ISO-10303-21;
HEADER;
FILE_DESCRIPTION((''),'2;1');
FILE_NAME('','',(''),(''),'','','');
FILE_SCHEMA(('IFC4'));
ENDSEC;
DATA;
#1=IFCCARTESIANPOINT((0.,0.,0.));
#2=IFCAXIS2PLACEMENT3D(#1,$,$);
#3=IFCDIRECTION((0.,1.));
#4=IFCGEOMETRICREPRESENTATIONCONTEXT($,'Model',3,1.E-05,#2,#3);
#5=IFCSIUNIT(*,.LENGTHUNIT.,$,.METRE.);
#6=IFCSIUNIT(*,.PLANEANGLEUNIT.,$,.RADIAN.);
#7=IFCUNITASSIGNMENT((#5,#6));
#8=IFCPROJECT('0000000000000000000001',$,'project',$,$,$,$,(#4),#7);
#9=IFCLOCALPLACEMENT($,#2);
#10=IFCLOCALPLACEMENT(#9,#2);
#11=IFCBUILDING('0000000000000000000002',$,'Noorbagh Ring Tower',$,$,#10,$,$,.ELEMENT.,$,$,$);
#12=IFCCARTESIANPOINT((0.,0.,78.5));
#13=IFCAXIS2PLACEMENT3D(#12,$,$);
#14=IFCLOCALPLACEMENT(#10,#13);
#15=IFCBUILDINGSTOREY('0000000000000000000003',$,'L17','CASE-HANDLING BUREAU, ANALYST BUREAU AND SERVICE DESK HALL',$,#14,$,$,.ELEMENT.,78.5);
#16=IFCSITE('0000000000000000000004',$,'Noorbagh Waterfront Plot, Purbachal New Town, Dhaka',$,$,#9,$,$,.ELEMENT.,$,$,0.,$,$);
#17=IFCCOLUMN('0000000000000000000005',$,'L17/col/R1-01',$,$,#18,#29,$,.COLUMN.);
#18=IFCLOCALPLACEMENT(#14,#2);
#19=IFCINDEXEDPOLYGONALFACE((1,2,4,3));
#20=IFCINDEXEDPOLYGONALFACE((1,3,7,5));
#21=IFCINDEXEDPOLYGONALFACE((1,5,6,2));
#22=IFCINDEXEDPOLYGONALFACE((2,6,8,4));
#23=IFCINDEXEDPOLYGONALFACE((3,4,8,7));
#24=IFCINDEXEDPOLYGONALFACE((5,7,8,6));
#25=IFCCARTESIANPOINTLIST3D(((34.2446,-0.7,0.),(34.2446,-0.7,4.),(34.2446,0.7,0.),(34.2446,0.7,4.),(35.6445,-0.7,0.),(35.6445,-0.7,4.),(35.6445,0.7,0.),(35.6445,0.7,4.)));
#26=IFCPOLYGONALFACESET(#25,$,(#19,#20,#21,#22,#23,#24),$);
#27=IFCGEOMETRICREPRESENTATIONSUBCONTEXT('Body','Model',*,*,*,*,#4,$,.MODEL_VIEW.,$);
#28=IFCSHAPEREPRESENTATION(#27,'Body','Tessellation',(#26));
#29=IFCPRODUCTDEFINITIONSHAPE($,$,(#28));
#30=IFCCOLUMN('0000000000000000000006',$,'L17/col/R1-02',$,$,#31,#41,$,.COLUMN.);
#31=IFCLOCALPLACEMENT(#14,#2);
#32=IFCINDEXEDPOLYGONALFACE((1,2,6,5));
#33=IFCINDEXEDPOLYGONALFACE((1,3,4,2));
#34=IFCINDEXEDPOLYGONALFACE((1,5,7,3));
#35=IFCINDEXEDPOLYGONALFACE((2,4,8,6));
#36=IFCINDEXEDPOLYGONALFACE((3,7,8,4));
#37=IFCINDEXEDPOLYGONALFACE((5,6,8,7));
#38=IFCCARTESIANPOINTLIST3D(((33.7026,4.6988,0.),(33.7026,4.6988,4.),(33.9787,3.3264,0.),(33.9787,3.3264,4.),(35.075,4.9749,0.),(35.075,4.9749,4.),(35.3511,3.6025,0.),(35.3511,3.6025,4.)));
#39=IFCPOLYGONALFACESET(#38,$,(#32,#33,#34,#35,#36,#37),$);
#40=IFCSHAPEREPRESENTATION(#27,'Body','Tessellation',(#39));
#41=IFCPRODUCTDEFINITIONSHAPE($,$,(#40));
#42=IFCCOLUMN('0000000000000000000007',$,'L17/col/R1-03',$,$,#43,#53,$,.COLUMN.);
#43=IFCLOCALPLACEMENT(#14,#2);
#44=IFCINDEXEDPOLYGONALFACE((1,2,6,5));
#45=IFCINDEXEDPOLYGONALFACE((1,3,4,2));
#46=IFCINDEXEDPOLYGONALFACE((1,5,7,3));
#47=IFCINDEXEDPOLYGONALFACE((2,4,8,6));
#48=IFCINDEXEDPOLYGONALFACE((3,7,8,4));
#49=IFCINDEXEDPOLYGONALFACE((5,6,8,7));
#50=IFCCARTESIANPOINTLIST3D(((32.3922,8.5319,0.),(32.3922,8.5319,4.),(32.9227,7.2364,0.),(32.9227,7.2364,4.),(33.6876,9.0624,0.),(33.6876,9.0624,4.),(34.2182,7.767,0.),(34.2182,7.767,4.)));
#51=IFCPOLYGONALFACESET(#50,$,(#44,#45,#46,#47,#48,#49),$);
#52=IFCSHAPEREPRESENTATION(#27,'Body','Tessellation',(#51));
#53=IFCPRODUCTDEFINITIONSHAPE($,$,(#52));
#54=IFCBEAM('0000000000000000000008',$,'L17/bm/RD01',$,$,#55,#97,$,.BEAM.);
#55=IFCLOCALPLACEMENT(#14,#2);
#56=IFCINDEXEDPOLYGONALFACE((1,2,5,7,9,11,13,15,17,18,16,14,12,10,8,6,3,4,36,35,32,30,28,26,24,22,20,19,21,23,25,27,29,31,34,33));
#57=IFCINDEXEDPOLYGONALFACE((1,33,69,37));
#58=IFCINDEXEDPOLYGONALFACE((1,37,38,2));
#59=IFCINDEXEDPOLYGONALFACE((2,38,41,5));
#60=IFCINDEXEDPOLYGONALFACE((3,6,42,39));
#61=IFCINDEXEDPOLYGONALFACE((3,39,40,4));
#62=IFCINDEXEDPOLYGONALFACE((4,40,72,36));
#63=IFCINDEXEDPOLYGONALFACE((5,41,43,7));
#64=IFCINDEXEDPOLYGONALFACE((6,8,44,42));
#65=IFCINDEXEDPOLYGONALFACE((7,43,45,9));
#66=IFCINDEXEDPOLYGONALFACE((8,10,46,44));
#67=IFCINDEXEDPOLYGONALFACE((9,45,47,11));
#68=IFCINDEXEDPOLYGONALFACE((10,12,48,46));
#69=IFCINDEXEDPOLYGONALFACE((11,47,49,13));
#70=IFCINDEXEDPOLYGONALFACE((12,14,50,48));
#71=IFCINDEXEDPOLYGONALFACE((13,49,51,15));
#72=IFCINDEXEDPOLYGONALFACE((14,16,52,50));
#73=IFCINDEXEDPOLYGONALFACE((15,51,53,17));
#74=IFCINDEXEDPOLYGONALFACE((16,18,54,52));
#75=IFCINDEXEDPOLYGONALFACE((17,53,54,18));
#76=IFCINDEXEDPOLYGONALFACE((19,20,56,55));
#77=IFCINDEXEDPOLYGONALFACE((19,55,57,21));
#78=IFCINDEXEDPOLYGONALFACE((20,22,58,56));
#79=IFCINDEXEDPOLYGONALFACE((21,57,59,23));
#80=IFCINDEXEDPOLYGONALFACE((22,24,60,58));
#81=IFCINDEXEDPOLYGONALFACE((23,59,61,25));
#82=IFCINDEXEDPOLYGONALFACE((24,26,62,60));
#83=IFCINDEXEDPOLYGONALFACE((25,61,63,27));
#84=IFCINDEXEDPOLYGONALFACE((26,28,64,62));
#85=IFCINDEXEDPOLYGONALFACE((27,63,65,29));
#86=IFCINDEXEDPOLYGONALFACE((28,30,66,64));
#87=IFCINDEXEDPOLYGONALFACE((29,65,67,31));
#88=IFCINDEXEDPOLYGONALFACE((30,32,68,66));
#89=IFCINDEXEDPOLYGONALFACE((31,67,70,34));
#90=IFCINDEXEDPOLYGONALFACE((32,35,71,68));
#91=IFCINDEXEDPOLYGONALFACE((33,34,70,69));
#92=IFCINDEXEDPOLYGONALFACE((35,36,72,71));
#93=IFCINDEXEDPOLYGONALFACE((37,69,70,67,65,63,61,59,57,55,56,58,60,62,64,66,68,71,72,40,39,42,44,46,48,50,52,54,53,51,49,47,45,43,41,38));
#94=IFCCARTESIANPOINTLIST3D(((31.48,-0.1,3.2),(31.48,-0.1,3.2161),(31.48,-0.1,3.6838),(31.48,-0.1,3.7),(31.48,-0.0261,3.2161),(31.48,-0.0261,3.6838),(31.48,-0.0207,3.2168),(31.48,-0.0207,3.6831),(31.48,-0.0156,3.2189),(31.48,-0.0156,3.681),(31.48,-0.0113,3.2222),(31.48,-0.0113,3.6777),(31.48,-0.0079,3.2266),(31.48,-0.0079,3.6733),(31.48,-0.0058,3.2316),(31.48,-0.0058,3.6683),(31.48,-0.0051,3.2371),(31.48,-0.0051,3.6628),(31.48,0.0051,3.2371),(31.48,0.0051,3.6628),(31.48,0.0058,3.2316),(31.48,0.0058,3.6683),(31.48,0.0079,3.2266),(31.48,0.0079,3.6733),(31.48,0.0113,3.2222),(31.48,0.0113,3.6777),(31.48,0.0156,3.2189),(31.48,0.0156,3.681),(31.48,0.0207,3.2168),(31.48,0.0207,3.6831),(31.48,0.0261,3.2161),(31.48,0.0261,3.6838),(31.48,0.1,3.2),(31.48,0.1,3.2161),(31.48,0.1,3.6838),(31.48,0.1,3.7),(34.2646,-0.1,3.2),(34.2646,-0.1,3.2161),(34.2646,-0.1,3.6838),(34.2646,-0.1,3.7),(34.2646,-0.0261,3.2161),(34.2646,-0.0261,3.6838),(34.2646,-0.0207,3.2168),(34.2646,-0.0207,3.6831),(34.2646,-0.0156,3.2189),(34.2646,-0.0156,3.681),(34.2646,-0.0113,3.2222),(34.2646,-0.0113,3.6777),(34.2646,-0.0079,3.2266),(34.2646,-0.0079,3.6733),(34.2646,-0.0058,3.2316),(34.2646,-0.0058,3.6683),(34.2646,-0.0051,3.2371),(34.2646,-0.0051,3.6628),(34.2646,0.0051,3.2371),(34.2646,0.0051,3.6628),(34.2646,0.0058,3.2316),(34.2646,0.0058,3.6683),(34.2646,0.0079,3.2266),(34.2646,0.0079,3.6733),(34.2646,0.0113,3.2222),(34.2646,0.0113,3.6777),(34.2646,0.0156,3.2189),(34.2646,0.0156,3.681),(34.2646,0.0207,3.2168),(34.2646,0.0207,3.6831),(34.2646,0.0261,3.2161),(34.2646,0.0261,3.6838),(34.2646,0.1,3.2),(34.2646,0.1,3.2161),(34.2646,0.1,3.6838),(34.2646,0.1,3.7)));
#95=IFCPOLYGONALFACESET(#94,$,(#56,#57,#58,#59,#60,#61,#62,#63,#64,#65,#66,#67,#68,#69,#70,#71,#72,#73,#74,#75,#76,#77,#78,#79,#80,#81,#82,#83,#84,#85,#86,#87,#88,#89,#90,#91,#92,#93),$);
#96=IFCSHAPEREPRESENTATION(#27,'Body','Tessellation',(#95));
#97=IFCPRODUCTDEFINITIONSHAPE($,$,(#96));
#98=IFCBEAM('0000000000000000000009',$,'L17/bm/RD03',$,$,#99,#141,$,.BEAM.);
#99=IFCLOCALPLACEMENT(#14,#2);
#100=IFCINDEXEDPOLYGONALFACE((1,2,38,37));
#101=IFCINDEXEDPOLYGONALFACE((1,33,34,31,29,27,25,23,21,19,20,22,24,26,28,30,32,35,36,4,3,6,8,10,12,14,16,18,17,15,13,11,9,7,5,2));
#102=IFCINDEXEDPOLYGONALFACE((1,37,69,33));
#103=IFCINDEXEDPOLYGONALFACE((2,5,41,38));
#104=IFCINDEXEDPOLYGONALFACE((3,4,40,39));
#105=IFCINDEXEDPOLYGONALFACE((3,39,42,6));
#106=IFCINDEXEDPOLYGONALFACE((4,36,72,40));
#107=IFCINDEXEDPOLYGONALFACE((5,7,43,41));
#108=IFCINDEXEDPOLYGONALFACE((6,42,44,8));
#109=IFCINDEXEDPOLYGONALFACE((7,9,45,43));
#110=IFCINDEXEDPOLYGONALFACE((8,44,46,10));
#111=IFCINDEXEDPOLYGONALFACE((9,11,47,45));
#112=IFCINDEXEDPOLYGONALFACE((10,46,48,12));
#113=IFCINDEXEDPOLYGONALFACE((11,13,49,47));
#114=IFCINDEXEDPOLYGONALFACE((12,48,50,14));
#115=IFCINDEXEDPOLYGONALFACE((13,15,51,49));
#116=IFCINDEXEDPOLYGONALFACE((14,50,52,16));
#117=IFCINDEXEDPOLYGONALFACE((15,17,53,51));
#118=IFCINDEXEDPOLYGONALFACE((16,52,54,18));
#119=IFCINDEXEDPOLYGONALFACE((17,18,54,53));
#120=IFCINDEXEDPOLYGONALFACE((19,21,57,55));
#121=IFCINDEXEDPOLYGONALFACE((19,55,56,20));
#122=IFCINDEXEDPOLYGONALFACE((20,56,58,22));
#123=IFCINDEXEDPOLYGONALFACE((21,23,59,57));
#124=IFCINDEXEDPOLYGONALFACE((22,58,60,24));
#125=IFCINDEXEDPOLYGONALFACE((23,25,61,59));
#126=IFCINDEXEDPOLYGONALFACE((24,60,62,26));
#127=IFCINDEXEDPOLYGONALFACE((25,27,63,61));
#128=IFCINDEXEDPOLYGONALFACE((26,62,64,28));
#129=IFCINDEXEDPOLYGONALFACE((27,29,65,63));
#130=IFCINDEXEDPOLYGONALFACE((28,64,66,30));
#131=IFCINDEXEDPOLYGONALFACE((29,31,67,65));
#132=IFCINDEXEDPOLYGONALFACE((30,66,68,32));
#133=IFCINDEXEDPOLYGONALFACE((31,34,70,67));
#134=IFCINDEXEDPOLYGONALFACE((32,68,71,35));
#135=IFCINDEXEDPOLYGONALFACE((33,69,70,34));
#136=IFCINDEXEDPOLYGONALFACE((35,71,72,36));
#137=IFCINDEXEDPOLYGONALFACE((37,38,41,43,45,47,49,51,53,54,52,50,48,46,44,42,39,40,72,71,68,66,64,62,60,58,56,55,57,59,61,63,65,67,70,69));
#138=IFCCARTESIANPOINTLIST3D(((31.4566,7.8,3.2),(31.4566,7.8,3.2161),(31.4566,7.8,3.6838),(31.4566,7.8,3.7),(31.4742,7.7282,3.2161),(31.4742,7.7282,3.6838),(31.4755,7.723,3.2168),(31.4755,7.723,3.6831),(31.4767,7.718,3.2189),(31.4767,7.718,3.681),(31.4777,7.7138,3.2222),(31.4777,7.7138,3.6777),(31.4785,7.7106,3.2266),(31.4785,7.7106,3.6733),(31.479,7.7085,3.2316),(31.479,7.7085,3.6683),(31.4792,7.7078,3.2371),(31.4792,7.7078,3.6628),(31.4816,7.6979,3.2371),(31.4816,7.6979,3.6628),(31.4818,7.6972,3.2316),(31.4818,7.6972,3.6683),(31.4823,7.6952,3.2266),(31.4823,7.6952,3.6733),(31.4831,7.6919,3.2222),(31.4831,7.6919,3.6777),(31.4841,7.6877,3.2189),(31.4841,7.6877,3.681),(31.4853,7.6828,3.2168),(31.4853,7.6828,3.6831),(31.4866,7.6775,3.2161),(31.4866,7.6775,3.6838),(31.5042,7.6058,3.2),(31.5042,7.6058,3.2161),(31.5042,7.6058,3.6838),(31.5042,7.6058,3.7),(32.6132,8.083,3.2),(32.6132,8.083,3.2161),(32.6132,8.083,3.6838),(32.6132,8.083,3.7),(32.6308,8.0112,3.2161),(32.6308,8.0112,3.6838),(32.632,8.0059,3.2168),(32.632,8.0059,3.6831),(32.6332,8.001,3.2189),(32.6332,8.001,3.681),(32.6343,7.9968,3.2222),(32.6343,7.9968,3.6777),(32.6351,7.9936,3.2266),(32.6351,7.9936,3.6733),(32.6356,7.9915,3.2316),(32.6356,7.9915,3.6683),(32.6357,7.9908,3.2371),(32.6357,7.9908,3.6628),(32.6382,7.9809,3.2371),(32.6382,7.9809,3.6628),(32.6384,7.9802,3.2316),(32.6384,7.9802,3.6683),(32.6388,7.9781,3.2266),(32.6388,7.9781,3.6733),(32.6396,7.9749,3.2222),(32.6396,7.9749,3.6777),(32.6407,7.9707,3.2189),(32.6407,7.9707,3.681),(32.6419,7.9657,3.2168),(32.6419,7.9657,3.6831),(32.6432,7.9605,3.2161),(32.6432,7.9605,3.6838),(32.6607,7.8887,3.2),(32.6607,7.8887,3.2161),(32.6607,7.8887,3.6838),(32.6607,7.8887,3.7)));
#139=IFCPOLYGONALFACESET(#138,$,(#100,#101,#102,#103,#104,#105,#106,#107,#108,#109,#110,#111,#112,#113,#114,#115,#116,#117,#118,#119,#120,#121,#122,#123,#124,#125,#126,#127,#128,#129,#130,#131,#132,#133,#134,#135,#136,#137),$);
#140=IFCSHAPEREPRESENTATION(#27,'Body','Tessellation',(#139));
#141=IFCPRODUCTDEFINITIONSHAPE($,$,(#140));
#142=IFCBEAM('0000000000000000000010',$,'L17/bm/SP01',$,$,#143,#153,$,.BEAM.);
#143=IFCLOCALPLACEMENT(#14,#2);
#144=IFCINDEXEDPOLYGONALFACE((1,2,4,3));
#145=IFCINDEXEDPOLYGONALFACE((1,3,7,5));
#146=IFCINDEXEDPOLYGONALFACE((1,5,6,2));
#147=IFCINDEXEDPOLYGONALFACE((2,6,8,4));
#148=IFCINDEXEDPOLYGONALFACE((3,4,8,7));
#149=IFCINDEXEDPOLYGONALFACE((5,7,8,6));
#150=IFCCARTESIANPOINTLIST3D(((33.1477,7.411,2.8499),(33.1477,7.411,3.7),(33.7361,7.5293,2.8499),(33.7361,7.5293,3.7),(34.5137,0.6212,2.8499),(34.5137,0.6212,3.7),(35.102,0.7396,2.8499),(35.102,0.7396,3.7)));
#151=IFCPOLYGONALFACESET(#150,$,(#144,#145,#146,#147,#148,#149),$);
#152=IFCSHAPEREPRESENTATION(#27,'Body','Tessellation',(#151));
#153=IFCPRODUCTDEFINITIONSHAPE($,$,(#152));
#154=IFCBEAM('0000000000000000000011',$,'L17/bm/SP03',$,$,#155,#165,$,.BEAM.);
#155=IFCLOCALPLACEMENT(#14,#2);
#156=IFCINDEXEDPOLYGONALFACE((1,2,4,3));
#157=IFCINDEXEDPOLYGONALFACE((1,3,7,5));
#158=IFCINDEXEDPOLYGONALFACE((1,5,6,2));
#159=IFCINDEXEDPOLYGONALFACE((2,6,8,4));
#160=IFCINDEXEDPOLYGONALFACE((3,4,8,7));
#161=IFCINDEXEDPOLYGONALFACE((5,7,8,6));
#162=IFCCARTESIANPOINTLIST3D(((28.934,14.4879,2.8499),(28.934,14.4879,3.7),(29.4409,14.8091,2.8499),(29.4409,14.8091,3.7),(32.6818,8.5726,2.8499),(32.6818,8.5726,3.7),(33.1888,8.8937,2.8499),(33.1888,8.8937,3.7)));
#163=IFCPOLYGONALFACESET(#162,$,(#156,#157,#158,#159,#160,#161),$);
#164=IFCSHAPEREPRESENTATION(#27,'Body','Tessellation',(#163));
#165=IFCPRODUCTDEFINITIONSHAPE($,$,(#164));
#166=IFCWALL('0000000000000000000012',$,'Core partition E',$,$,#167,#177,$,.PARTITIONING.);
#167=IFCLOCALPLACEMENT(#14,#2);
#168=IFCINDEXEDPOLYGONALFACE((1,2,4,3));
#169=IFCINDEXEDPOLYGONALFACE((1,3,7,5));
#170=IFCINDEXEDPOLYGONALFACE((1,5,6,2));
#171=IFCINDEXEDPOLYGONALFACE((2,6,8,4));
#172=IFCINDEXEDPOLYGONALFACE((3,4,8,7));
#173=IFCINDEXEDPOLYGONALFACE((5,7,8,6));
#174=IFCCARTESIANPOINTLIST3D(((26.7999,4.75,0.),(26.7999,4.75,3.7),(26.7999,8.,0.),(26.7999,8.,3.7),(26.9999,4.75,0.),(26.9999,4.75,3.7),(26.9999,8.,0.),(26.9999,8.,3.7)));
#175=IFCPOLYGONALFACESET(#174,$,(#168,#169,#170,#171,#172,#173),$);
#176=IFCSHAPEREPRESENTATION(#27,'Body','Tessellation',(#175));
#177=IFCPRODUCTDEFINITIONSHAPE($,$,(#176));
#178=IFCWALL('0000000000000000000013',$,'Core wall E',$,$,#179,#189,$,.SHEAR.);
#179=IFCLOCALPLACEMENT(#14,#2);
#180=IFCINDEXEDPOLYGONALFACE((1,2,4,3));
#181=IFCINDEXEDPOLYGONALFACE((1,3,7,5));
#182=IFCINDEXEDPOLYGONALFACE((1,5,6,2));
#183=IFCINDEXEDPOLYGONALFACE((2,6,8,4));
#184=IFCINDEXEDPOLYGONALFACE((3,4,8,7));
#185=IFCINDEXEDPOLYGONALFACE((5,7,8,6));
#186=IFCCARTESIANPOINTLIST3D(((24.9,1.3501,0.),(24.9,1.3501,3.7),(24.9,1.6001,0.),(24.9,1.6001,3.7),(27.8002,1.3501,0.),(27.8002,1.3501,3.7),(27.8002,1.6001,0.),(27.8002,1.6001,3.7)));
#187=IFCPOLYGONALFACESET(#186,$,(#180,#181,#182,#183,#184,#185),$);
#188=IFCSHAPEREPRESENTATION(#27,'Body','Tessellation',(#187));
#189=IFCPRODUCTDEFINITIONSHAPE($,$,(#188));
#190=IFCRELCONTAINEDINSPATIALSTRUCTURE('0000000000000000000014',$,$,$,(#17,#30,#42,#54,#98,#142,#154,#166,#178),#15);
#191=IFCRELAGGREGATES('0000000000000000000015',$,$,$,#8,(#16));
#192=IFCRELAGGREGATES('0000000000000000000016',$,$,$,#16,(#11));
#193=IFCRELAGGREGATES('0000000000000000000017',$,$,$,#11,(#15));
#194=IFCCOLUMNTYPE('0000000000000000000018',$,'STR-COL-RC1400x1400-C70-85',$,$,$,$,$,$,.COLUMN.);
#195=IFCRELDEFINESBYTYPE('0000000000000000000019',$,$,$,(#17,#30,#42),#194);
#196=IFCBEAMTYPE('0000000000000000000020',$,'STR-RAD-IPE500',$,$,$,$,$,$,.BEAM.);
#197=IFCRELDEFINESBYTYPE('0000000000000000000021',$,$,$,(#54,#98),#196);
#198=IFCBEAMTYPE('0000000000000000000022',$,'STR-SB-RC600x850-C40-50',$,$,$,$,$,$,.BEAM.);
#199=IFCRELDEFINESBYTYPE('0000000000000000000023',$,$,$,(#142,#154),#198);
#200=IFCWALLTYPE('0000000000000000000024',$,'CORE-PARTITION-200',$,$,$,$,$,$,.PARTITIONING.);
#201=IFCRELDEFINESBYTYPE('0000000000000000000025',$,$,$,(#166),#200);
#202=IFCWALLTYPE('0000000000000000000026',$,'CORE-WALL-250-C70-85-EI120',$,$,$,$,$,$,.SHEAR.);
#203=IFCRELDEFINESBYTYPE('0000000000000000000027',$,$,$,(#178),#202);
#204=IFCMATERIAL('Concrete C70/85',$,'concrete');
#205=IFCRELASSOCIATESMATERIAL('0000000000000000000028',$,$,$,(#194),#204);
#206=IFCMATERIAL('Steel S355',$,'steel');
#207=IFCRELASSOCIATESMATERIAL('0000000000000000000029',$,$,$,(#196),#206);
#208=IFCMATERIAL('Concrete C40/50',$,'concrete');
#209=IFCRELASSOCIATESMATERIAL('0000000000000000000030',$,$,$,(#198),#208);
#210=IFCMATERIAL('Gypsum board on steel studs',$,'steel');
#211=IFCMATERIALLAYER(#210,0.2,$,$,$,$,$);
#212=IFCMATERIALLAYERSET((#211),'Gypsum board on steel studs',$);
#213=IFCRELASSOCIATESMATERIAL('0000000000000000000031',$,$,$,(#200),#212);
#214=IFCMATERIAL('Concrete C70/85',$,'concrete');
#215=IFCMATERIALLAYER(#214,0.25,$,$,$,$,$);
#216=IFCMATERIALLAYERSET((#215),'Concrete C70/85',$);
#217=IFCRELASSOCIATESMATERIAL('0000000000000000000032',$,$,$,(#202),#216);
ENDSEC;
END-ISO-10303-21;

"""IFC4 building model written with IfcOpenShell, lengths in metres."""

from ifc_helpers import new_model, si_unit, direction, frame, frame_2d, origin, origin_2d, place, context, subcontext, project, spatial, rectangle, i_section, extrude, material, layer, layer_set, material_profile, profile_set, type_object, element, save


model = new_model("IFC4")

# Units and contexts
model_context = context("Model", 3, precision=1e-05, world=origin(), true_north=direction((0.0, 1.0)))
body_context = subcontext(model_context, "Body", "Model", "MODEL_VIEW")
ifc_project = project(units=[si_unit("LENGTHUNIT", "METRE"), si_unit("PLANEANGLEUNIT", "RADIAN")], contexts=[model_context])

# Site, building, storey
site_placement = place(None, origin())
site = spatial("IfcSite", under=ifc_project, at=site_placement, Name="Noorbagh Waterfront Plot, Purbachal New Town, Dhaka", CompositionType="ELEMENT", RefElevation=0.0)
building_placement = place(site_placement, origin())
building = spatial("IfcBuilding", under=site, at=building_placement, Name="Noorbagh Ring Tower", CompositionType="ELEMENT")
storey_placement = place(building_placement, frame((0.0, 0.0, 78.5)))
storey = spatial("IfcBuildingStorey", under=building, at=storey_placement, Name="L17", Description="CASE-HANDLING BUREAU, ANALYST BUREAU AND SERVICE DESK HALL", CompositionType="ELEMENT", Elevation=78.5)

# Columns
ifc_material_1 = material(Name="Concrete C70/85", Category="concrete")
ifc_material_profile_1 = material_profile(ifc_material_1, rectangle(XDim=1.3999, YDim=1.3999, at=origin_2d()), Name="RC1400x1400")
ifc_profile_set_1 = profile_set([ifc_material_profile_1], Name="Concrete C70/85")
column_type = type_object("IfcColumnType", Name="STR-COL-RC1400x1400-C70-85", PredefinedType="COLUMN", material=ifc_profile_set_1)
for number, where, z_axis, x_axis, name in (
    (1, (34.9446, 0.0, 0.0), (0.0, 0.0, 1.0), (0.0, 1.0, 0.0), "L17/col/R1-01"),
    (2, (34.5269, 4.1506, 0.0), (0.0, 0.0, 1.0), (-0.19723, 0.980357, 0.0), "L17/col/R1-02"),
    (3, (33.3052, 8.1494, 0.0), (0.0, 0.0, 1.0), (-0.378989, 0.925401, 0.0), "L17/col/R1-03"),
):
    element("IfcColumn", number, at=place(storey_placement, frame(where, z_axis=z_axis, x_axis=x_axis)), inside=storey, type_object=column_type, Name=name, PredefinedType="COLUMN", context=body_context, shape_type="SweptSolid", body=[
        extrude(rectangle(XDim=1.3999, YDim=1.3999, at=origin_2d()), origin(), (0.0, 0.0, 1.0), 4.0),
    ])

# Beams
ifc_material_2 = material(Name="Steel S355", Category="steel")
ifc_material_profile_2 = material_profile(ifc_material_2, i_section(OverallWidth=0.2, OverallDepth=0.5, WebThickness=0.0103, FlangeThickness=0.0161, FilletRadius=0.021, at=origin_2d()), Name="IPE500")
ifc_profile_set_2 = profile_set([ifc_material_profile_2], Name="Steel S355")
beam_type_1 = type_object("IfcBeamType", Name="STR-RAD-IPE500", PredefinedType="BEAM", material=ifc_profile_set_2)
beam_1_placement = place(storey_placement, frame((34.2646, 0.0, 3.45), z_axis=(-1.0, 0.0, 0.0), x_axis=(0.0, -1.0, 0.0)))
element("IfcBeam", 4, at=beam_1_placement, inside=storey, type_object=beam_type_1, Name="L17/bm/RD01", PredefinedType="BEAM", context=body_context, shape_type="SweptSolid", body=[
    extrude(i_section(OverallWidth=0.2, OverallDepth=0.5, WebThickness=0.0103, FlangeThickness=0.0161, FilletRadius=0.021, at=origin_2d()), origin(), (0.0, 0.0, 1.0), 2.7847),
])
beam_2_placement = place(storey_placement, frame((32.637, 7.9858, 3.45), z_axis=(-0.971349, -0.237659, 0.0), x_axis=(0.237659, -0.971349, 0.0)))
element("IfcBeam", 5, at=beam_2_placement, inside=storey, type_object=beam_type_1, Name="L17/bm/RD03", PredefinedType="BEAM", context=body_context, shape_type="SweptSolid", body=[
    extrude(i_section(OverallWidth=0.2, OverallDepth=0.5, WebThickness=0.0103, FlangeThickness=0.0161, FilletRadius=0.021, at=origin_2d()), origin(), (0.0, 0.0, 1.0), 1.1907),
])
ifc_material_3 = material(Name="Concrete C40/50", Category="concrete")
ifc_material_profile_3 = material_profile(ifc_material_3, rectangle(XDim=0.6001, YDim=0.8501, at=origin_2d()), Name="RC600x850")
ifc_profile_set_3 = profile_set([ifc_material_profile_3], Name="Concrete C40/50")
beam_type_2 = type_object("IfcBeamType", Name="STR-SB-RC600x850-C40-50", PredefinedType="BEAM", material=ifc_profile_set_3)
beam_3_placement = place(storey_placement, frame((34.8079, 0.6804, 3.2749), z_axis=(-0.197228, 0.980358, 0.0), x_axis=(-0.980358, -0.197228, 0.0)))
element("IfcBeam", 6, at=beam_3_placement, inside=storey, type_object=beam_type_2, Name="L17/bm/SP01", PredefinedType="BEAM", context=body_context, shape_type="SweptSolid", body=[
    extrude(rectangle(XDim=0.6001, YDim=0.8501, at=origin_2d()), origin(), (0.0, 0.0, 1.0), 6.9258),
])
beam_4_placement = place(storey_placement, frame((32.9353, 8.7332, 3.2749), z_axis=(-0.535201, 0.844725, 0.0), x_axis=(-0.844725, -0.535201, 0.0)))
element("IfcBeam", 7, at=beam_4_placement, inside=storey, type_object=beam_type_2, Name="L17/bm/SP03", PredefinedType="BEAM", context=body_context, shape_type="SweptSolid", body=[
    extrude(rectangle(XDim=0.6001, YDim=0.8501, at=origin_2d()), origin(), (0.0, 0.0, 1.0), 7.0027),
])

# Walls
ifc_material_4 = material(Name="Gypsum board on steel studs", Category="steel")
ifc_layer_1 = layer(ifc_material_4, 0.2)
ifc_layer_set_1 = layer_set([ifc_layer_1], Name="Gypsum board on steel studs")
wall_type_1 = type_object("IfcWallType", Name="CORE-PARTITION-200", PredefinedType="PARTITIONING", material=ifc_layer_set_1)
wall_1_placement = place(storey_placement, frame((26.8999, 4.75, 0.0), z_axis=(0.0, 0.0, 1.0), x_axis=(0.0, 1.0, 0.0)))
element("IfcWall", 8, at=wall_1_placement, inside=storey, type_object=wall_type_1, Name="Core partition E", PredefinedType="PARTITIONING", context=body_context, shape_type="SweptSolid", body=[
    extrude(rectangle(XDim=3.25, YDim=0.2, at=frame_2d((1.625, 0.0))), origin(), (0.0, 0.0, 1.0), 3.7),
])
ifc_material_5 = material(Name="Concrete C70/85", Category="concrete")
ifc_layer_2 = layer(ifc_material_5, 0.25)
ifc_layer_set_2 = layer_set([ifc_layer_2], Name="Concrete C70/85")
wall_type_2 = type_object("IfcWallType", Name="CORE-WALL-250-C70-85-EI120", PredefinedType="SHEAR", material=ifc_layer_set_2)
wall_2_placement = place(storey_placement, frame((24.8999, 1.4751, 0.0), z_axis=(0.0, 0.0, 1.0), x_axis=(1.0, 0.0, 0.0)))
element("IfcWall", 9, at=wall_2_placement, inside=storey, type_object=wall_type_2, Name="Core wall E", PredefinedType="SHEAR", context=body_context, shape_type="SweptSolid", body=[
    extrude(rectangle(XDim=2.9001, YDim=0.25, at=frame_2d((1.4502, 0.0))), origin(), (0.0, 0.0, 1.0), 3.7),
])

save(model, "model.ifc")
